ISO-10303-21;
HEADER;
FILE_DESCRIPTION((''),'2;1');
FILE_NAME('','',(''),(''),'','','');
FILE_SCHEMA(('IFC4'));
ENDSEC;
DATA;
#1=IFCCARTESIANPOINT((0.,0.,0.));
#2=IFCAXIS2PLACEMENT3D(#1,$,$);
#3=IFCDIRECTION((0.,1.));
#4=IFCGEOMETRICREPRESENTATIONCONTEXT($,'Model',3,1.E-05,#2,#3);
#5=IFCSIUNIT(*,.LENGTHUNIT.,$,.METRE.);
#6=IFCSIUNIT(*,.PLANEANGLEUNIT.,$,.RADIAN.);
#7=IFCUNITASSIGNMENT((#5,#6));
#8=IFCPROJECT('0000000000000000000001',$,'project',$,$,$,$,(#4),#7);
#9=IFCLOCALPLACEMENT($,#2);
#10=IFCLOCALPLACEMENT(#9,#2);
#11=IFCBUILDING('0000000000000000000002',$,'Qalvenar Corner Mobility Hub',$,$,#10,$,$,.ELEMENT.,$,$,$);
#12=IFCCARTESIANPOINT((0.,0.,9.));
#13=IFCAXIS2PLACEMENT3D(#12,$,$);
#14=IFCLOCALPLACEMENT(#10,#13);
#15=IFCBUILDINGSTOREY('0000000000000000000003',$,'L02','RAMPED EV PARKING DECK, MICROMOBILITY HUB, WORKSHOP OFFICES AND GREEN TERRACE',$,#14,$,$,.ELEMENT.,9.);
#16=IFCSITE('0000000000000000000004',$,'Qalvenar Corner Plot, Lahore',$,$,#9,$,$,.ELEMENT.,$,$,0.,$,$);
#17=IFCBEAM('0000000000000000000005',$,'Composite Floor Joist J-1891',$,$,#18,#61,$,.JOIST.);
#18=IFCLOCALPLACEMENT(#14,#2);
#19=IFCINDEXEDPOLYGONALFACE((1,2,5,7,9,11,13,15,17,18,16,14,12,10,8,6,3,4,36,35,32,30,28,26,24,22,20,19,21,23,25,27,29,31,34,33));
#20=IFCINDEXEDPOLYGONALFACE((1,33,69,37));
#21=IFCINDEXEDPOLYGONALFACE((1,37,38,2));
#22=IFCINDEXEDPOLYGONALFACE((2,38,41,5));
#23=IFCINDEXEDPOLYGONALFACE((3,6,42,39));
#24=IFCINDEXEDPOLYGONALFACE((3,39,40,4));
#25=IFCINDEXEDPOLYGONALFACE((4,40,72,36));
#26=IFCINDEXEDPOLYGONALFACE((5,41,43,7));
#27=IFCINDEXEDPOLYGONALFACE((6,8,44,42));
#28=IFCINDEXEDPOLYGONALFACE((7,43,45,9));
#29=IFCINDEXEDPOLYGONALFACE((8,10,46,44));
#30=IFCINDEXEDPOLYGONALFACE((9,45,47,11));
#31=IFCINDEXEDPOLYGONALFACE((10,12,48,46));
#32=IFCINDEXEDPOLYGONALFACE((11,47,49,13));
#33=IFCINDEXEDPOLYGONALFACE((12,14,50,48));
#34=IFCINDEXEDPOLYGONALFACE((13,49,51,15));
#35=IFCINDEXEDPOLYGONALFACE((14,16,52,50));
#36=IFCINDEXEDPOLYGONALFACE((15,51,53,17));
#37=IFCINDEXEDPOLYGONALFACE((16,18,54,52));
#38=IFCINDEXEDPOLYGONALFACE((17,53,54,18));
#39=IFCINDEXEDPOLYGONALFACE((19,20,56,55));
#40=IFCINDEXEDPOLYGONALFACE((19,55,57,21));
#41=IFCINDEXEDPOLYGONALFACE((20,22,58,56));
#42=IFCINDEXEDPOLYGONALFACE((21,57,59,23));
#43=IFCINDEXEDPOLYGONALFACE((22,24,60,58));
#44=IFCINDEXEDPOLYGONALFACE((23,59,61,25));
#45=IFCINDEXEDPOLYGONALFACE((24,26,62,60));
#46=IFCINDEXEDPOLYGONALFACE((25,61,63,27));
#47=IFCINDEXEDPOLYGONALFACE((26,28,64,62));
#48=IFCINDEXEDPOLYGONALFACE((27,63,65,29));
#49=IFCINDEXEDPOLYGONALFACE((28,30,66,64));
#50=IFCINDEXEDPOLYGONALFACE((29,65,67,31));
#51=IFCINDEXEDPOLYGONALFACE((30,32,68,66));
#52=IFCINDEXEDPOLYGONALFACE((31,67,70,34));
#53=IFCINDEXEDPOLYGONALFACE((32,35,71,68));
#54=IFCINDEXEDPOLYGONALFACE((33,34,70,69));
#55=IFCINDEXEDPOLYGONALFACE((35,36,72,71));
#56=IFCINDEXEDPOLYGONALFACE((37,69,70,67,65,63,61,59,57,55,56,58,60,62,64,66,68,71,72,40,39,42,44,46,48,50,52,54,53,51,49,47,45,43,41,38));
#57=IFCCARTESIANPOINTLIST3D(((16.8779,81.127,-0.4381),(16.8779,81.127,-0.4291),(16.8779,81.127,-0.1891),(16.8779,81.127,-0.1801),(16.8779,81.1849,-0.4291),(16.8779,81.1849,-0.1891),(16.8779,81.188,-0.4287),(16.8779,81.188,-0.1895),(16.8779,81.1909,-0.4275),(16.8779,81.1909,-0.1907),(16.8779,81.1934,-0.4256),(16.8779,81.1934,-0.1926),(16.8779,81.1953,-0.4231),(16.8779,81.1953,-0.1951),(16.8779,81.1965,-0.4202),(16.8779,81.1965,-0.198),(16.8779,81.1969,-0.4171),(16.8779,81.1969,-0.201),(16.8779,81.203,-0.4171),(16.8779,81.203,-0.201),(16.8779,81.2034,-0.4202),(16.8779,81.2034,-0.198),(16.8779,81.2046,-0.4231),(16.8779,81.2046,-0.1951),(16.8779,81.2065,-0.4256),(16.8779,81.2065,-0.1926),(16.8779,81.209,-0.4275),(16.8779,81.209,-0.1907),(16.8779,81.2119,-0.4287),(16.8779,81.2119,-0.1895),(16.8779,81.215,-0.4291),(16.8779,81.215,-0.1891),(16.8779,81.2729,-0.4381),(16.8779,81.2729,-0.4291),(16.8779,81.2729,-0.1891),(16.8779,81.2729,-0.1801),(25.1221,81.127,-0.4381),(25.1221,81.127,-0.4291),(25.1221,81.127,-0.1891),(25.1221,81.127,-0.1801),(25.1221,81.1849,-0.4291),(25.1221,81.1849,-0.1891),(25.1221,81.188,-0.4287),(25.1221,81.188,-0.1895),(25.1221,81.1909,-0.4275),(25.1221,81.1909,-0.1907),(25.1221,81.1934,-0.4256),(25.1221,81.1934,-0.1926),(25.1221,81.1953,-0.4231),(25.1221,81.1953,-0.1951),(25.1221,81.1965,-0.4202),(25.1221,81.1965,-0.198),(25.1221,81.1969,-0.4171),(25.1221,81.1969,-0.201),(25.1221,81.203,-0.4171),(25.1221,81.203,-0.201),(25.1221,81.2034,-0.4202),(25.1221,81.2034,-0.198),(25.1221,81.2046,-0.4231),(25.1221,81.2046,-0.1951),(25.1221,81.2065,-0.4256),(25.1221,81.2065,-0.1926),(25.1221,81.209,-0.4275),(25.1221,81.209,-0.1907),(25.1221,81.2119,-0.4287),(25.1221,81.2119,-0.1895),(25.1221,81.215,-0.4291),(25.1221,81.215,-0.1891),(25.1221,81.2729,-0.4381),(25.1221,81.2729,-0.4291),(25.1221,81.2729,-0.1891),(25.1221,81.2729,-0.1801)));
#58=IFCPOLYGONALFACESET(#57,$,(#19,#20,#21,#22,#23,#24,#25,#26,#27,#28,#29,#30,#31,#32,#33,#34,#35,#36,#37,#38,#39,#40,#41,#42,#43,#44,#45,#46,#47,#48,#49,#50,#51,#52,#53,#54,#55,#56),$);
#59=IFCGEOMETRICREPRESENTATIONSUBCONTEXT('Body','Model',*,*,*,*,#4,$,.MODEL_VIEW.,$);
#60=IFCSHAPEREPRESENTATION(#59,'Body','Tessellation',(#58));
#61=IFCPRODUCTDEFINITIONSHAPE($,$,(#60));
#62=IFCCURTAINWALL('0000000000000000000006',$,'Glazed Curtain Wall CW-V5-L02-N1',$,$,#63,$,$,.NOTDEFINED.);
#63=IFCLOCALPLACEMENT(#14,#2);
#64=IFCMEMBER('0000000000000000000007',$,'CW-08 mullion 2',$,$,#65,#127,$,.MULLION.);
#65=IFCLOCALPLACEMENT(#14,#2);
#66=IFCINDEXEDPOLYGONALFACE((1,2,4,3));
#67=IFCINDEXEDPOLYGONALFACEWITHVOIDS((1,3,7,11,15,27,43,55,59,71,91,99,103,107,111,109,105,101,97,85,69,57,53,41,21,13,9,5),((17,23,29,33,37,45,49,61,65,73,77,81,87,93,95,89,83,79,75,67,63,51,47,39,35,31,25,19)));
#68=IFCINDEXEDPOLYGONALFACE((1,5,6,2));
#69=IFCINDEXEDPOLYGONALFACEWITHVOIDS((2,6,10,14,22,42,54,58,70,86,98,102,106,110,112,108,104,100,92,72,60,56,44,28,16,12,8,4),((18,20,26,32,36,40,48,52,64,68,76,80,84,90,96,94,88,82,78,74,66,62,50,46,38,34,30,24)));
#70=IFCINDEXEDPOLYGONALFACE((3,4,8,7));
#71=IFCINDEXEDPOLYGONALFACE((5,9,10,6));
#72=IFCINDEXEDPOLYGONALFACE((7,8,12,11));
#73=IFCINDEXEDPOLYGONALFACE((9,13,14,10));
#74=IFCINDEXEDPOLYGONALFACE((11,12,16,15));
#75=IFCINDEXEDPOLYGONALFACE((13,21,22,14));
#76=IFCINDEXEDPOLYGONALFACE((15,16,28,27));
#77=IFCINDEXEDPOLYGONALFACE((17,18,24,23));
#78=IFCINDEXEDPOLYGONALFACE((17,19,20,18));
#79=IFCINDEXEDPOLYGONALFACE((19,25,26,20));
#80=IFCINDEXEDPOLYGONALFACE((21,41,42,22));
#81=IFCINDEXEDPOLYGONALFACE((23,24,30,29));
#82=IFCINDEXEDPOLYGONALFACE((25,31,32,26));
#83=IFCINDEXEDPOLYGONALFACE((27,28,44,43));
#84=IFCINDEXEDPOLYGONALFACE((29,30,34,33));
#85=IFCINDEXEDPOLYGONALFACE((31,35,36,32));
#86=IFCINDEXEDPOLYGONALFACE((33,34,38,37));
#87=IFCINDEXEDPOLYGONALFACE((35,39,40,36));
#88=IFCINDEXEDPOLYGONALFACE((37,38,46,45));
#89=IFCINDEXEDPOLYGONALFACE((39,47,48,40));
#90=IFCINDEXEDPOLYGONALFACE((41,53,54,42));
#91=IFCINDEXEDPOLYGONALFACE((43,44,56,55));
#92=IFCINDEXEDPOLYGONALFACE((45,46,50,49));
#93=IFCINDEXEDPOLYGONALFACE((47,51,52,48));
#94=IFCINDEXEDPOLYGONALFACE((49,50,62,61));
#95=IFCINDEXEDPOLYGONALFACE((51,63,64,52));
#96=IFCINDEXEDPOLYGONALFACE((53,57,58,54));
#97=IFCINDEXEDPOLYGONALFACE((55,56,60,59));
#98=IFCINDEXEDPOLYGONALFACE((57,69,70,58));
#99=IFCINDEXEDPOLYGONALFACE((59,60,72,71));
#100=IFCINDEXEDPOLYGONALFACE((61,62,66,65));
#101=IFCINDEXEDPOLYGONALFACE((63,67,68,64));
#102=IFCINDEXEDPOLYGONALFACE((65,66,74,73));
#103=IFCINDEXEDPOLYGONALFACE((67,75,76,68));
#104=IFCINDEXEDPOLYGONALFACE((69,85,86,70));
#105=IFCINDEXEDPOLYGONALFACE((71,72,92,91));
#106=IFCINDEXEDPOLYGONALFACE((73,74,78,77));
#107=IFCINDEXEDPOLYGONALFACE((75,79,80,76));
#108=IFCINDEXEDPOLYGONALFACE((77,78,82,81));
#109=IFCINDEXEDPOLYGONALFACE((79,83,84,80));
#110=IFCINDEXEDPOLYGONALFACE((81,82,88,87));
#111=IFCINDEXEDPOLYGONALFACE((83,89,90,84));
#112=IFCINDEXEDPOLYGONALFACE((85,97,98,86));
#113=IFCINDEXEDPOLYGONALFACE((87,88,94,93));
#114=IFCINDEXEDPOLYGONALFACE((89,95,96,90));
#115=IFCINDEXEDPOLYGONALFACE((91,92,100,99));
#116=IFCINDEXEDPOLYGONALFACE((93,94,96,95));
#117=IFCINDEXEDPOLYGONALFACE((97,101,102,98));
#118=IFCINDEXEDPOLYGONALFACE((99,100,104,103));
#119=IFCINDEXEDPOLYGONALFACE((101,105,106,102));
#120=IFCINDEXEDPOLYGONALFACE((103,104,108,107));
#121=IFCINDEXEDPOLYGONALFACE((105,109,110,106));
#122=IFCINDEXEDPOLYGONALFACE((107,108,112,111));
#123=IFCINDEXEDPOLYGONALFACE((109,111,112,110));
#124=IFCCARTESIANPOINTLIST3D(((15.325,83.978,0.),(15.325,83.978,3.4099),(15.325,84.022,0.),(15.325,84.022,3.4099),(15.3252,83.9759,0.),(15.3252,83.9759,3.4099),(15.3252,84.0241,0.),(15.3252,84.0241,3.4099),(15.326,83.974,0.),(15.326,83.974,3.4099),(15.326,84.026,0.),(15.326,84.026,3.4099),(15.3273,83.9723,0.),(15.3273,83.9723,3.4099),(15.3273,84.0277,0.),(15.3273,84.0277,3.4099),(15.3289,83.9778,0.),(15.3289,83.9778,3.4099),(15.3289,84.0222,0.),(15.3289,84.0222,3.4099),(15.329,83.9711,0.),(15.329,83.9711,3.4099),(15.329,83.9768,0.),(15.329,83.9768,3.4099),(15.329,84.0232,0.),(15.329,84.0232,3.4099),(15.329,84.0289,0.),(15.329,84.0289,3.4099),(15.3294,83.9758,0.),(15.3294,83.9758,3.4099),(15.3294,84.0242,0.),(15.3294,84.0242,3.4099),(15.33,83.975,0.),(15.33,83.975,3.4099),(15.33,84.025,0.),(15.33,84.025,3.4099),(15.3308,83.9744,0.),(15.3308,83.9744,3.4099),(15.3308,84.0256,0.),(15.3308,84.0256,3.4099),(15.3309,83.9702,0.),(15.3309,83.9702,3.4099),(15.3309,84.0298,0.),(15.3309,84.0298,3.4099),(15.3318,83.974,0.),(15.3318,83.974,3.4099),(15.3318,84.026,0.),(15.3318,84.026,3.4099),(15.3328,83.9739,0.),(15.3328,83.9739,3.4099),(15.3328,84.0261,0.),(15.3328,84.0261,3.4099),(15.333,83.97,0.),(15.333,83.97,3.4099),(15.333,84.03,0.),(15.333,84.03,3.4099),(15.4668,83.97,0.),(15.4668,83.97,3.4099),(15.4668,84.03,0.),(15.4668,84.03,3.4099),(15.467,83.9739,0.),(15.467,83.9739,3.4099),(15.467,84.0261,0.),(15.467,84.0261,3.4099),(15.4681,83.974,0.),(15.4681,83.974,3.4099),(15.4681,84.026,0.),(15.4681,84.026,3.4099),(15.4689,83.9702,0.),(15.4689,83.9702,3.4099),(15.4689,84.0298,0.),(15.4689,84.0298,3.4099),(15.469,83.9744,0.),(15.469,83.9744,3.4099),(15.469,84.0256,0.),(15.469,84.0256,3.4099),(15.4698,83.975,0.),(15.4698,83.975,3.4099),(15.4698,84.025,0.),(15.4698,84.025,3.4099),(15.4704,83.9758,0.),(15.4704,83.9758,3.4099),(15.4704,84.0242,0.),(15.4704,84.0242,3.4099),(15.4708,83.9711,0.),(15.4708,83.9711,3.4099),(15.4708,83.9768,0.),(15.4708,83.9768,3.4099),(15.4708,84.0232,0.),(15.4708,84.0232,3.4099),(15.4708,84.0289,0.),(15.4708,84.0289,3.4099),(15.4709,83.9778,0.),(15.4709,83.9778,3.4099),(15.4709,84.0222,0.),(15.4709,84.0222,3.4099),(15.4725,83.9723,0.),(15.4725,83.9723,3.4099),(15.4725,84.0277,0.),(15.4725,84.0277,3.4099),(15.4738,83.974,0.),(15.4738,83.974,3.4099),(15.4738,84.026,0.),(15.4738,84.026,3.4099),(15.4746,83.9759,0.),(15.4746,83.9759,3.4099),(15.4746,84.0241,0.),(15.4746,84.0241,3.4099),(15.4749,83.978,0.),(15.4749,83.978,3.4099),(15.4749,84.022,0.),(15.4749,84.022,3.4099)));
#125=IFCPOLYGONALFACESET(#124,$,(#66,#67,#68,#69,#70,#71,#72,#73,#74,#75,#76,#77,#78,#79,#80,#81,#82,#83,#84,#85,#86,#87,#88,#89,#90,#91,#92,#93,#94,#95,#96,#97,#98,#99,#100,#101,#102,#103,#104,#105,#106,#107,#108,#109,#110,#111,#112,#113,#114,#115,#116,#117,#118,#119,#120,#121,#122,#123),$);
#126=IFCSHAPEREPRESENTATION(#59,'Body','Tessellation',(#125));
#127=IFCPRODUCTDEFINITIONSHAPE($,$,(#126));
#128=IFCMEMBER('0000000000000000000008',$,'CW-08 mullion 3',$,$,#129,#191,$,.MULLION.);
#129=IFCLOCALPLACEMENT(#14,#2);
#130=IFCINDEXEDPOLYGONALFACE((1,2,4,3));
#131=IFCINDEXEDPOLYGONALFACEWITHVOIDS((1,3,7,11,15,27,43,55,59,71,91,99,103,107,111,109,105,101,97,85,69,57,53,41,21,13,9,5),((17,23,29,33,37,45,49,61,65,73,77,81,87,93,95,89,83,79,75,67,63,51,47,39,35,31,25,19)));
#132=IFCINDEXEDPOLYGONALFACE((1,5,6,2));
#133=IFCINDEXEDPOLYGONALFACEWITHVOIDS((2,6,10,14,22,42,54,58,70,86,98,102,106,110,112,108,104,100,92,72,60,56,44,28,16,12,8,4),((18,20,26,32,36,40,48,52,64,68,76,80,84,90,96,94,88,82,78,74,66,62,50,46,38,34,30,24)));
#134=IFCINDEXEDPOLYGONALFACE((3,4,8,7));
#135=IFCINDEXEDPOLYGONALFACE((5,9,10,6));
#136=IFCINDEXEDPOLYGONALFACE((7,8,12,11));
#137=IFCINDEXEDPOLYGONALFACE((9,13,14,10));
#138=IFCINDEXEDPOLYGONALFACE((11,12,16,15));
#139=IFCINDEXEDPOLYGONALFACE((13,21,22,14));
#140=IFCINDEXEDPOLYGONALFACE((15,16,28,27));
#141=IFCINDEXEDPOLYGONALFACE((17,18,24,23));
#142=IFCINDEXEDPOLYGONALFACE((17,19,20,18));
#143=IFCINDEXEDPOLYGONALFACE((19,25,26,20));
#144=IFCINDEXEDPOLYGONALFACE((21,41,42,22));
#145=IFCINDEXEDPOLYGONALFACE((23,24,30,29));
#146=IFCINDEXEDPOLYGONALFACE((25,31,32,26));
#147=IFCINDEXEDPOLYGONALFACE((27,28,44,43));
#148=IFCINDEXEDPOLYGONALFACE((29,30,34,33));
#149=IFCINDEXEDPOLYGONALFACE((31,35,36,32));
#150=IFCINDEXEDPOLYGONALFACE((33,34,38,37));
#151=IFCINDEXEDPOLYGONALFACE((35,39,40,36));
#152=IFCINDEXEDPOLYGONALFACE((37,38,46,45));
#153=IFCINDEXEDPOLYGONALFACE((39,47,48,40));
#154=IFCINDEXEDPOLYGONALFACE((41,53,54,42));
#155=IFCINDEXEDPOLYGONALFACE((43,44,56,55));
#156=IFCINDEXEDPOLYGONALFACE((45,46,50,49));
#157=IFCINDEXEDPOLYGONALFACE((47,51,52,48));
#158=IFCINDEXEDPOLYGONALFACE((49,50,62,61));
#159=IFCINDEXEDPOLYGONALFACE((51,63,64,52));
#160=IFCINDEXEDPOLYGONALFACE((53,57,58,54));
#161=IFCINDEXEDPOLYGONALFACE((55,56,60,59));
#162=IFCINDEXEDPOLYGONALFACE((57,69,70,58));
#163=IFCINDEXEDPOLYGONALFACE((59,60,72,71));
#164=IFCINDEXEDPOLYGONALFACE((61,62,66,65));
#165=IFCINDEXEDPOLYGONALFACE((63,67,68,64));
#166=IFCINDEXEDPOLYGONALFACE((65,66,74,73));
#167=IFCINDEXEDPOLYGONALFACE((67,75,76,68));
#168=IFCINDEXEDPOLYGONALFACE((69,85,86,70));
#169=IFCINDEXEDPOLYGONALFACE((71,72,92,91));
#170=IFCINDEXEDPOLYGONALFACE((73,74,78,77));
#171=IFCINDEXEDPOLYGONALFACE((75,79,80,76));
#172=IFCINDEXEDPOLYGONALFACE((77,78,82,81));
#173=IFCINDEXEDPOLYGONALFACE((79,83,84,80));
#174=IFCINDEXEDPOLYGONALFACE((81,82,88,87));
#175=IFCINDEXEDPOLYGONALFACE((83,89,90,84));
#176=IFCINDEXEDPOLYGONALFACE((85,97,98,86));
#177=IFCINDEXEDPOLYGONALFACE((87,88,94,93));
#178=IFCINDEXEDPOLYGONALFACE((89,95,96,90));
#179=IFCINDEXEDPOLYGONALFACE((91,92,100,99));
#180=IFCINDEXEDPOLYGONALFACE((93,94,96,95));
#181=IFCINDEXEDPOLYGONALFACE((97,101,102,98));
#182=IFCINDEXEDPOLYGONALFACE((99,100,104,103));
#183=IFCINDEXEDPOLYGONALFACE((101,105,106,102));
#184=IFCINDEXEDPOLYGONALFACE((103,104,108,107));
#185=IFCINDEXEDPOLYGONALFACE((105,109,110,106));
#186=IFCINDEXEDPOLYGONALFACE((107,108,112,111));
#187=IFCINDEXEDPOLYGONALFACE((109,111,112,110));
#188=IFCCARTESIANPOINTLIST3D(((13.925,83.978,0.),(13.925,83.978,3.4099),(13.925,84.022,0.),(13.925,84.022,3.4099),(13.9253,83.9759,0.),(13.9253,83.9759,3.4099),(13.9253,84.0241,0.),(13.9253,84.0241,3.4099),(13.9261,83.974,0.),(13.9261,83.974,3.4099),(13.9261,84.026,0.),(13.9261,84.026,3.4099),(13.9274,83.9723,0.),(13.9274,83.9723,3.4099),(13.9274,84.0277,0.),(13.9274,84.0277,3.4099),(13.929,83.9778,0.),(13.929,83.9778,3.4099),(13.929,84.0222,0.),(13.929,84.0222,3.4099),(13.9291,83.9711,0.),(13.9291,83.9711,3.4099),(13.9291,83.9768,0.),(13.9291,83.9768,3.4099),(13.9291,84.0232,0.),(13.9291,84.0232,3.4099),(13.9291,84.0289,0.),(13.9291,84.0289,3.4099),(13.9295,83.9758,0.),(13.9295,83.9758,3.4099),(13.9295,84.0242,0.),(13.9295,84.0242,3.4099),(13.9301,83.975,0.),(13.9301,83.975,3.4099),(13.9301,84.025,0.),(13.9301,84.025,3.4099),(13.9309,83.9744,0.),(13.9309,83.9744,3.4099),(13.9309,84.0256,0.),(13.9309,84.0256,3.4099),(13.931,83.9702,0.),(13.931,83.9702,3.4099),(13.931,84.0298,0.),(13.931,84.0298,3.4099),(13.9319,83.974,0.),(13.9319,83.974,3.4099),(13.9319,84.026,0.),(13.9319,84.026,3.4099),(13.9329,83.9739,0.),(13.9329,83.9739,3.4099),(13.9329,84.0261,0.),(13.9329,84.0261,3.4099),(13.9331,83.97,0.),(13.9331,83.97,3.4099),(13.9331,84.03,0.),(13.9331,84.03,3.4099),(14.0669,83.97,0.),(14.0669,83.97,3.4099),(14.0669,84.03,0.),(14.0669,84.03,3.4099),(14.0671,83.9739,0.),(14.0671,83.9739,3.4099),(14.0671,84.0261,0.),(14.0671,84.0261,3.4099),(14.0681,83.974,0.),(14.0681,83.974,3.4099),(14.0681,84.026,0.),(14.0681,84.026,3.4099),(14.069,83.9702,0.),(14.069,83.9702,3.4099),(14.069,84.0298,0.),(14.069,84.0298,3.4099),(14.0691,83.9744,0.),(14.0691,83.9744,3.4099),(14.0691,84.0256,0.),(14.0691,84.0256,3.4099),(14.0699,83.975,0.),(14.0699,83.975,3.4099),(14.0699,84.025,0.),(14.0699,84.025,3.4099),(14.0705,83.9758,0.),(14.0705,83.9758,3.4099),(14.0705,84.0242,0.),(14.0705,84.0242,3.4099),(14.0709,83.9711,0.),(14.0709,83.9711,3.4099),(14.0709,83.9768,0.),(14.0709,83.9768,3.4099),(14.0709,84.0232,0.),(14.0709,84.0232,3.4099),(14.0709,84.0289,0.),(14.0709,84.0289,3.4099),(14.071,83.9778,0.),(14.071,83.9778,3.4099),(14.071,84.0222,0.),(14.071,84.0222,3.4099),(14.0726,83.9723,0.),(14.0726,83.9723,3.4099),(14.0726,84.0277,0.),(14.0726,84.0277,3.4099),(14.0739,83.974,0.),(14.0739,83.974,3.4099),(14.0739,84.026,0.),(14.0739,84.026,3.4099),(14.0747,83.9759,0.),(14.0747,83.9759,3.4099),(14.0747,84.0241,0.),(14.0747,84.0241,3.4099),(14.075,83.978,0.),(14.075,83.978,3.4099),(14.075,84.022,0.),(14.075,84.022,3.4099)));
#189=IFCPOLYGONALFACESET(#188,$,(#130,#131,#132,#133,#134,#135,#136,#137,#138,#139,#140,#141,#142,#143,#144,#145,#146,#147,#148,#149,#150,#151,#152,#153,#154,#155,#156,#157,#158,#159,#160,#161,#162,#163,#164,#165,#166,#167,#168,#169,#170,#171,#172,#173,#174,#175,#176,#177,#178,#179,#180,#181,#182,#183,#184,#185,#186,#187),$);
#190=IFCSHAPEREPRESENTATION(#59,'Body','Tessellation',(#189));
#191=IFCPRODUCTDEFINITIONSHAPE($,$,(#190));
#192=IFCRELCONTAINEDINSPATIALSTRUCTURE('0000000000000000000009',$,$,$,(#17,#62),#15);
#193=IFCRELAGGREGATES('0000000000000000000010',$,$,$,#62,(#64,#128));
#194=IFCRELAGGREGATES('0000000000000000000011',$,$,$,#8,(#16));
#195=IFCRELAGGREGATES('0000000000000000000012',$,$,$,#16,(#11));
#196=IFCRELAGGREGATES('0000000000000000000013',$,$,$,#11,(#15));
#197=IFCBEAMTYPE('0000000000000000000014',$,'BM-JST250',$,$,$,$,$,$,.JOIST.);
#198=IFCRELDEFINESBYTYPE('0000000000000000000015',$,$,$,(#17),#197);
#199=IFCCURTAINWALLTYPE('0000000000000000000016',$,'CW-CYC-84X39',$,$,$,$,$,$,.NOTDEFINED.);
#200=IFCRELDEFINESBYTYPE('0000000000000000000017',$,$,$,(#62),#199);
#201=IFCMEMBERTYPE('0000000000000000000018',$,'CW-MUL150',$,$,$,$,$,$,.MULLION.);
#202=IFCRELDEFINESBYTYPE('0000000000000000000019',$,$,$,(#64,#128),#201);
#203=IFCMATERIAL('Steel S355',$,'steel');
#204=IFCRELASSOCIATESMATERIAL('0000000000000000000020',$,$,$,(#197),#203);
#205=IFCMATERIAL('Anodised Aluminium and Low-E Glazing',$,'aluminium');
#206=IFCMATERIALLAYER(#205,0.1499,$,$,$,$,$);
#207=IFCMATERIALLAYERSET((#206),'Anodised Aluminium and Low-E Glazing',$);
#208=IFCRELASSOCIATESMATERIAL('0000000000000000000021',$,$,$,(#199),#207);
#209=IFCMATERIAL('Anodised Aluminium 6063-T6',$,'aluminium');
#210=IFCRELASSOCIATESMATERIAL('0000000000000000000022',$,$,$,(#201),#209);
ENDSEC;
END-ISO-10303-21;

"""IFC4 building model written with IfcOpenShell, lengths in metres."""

from ifc_helpers import new_model, si_unit, direction, frame, origin, origin_2d, place, context, subcontext, project, spatial, hollow_rectangle, i_section, extrude, material, layer, layer_set, material_profile, profile_set, type_object, element, aggregate, save


model = new_model("IFC4")

# Units and contexts
model_context = context("Model", 3, precision=1e-05, world=origin(), true_north=direction((0.0, 1.0)))
body_context = subcontext(model_context, "Body", "Model", "MODEL_VIEW")
ifc_project = project(units=[si_unit("LENGTHUNIT", "METRE"), si_unit("PLANEANGLEUNIT", "RADIAN")], contexts=[model_context])

# Site, building, storey
site_placement = place(None, origin())
site = spatial("IfcSite", under=ifc_project, at=site_placement, Name="Qalvenar Corner Plot, Lahore", CompositionType="ELEMENT", RefElevation=0.0)
building_placement = place(site_placement, origin())
building = spatial("IfcBuilding", under=site, at=building_placement, Name="Qalvenar Corner Mobility Hub", CompositionType="ELEMENT")
storey_placement = place(building_placement, frame((0.0, 0.0, 9.0)))
storey = spatial("IfcBuildingStorey", under=building, at=storey_placement, Name="L02", Description="RAMPED EV PARKING DECK, MICROMOBILITY HUB, WORKSHOP OFFICES AND GREEN TERRACE", CompositionType="ELEMENT", Elevation=9.0)

# Shared definitions
ifc_material_1 = material(Name="Steel S355", Category="steel")

# Beam
ifc_material_profile_1 = material_profile(ifc_material_1, i_section(OverallWidth=0.146, OverallDepth=0.2581, WebThickness=0.0061, FlangeThickness=0.009, FilletRadius=0.012, at=origin_2d()), Name="W250x32.7")
ifc_profile_set_1 = profile_set([ifc_material_profile_1], Name="Steel S355")
beam_type_1 = type_object("IfcBeamType", Name="BM-JST250", PredefinedType="JOIST", material=ifc_profile_set_1)
for number, where, z_axis, x_axis, name in (
    (1, (16.8779, 81.2, -0.3091), (1.0, 0.0, 0.0), (0.0, 1.0, 0.0), "Composite Floor Joist J-1891"),
):
    element("IfcBeam", number, at=place(storey_placement, frame(where, z_axis=z_axis, x_axis=x_axis)), inside=storey, type_object=beam_type_1, Name=name, PredefinedType="JOIST", context=body_context, shape_type="SweptSolid", body=[
        extrude(i_section(OverallWidth=0.146, OverallDepth=0.2581, WebThickness=0.0061, FlangeThickness=0.009, FilletRadius=0.012, at=origin_2d()), origin(), (0.0, 0.0, 1.0), 8.2441),
    ])

# Curtain wall, members
ifc_material_2 = material(Name="Anodised Aluminium and Low-E Glazing", Category="aluminium")
ifc_layer_1 = layer(ifc_material_2, 0.1499)
ifc_layer_set_1 = layer_set([ifc_layer_1], Name="Anodised Aluminium and Low-E Glazing")
curtain_wall_type = type_object("IfcCurtainWallType", Name="CW-CYC-84X39", PredefinedType="NOTDEFINED", material=ifc_layer_set_1)
curtain_wall_placement = place(storey_placement, origin())
curtain_wall = element("IfcCurtainWall", 2, at=curtain_wall_placement, inside=storey, type_object=curtain_wall_type, Name="Glazed Curtain Wall CW-V5-L02-N1", PredefinedType="NOTDEFINED")
ifc_material_3 = material(Name="Anodised Aluminium 6063-T6", Category="aluminium")
ifc_material_profile_2 = material_profile(ifc_material_3, hollow_rectangle(XDim=0.0601, YDim=0.1499, WallThickness=0.0039, InnerFilletRadius=0.0039, OuterFilletRadius=0.0081, at=origin_2d()), Name="RHS150x60x4")
ifc_profile_set_2 = profile_set([ifc_material_profile_2], Name="Anodised Aluminium 6063-T6")
member_type_1 = type_object("IfcMemberType", Name="CW-MUL150", PredefinedType="MULLION", material=ifc_profile_set_2)
member_1_placement = place(storey_placement, frame((15.3999, 84.0, 0.0), z_axis=(0.0, 0.0, 1.0), x_axis=(0.0, -1.0, 0.0)))
member_1 = element("IfcMember", 3, at=member_1_placement, type_object=member_type_1, Name="CW-08 mullion 2", PredefinedType="MULLION", context=body_context, shape_type="SweptSolid", body=[
    extrude(hollow_rectangle(XDim=0.0601, YDim=0.1499, WallThickness=0.0039, InnerFilletRadius=0.0039, OuterFilletRadius=0.0081, at=origin_2d()), origin(), (0.0, 0.0, 1.0), 3.4099),
])
member_2_placement = place(storey_placement, frame((14.0, 84.0, 0.0), z_axis=(0.0, 0.0, 1.0), x_axis=(0.0, -1.0, 0.0)))
member_2 = element("IfcMember", 4, at=member_2_placement, type_object=member_type_1, Name="CW-08 mullion 3", PredefinedType="MULLION", context=body_context, shape_type="SweptSolid", body=[
    extrude(hollow_rectangle(XDim=0.0601, YDim=0.1499, WallThickness=0.0039, InnerFilletRadius=0.0039, OuterFilletRadius=0.0081, at=origin_2d()), origin(), (0.0, 0.0, 1.0), 3.4099),
])

aggregate(curtain_wall, [member_1, member_2])

save(model, "model.ifc")
